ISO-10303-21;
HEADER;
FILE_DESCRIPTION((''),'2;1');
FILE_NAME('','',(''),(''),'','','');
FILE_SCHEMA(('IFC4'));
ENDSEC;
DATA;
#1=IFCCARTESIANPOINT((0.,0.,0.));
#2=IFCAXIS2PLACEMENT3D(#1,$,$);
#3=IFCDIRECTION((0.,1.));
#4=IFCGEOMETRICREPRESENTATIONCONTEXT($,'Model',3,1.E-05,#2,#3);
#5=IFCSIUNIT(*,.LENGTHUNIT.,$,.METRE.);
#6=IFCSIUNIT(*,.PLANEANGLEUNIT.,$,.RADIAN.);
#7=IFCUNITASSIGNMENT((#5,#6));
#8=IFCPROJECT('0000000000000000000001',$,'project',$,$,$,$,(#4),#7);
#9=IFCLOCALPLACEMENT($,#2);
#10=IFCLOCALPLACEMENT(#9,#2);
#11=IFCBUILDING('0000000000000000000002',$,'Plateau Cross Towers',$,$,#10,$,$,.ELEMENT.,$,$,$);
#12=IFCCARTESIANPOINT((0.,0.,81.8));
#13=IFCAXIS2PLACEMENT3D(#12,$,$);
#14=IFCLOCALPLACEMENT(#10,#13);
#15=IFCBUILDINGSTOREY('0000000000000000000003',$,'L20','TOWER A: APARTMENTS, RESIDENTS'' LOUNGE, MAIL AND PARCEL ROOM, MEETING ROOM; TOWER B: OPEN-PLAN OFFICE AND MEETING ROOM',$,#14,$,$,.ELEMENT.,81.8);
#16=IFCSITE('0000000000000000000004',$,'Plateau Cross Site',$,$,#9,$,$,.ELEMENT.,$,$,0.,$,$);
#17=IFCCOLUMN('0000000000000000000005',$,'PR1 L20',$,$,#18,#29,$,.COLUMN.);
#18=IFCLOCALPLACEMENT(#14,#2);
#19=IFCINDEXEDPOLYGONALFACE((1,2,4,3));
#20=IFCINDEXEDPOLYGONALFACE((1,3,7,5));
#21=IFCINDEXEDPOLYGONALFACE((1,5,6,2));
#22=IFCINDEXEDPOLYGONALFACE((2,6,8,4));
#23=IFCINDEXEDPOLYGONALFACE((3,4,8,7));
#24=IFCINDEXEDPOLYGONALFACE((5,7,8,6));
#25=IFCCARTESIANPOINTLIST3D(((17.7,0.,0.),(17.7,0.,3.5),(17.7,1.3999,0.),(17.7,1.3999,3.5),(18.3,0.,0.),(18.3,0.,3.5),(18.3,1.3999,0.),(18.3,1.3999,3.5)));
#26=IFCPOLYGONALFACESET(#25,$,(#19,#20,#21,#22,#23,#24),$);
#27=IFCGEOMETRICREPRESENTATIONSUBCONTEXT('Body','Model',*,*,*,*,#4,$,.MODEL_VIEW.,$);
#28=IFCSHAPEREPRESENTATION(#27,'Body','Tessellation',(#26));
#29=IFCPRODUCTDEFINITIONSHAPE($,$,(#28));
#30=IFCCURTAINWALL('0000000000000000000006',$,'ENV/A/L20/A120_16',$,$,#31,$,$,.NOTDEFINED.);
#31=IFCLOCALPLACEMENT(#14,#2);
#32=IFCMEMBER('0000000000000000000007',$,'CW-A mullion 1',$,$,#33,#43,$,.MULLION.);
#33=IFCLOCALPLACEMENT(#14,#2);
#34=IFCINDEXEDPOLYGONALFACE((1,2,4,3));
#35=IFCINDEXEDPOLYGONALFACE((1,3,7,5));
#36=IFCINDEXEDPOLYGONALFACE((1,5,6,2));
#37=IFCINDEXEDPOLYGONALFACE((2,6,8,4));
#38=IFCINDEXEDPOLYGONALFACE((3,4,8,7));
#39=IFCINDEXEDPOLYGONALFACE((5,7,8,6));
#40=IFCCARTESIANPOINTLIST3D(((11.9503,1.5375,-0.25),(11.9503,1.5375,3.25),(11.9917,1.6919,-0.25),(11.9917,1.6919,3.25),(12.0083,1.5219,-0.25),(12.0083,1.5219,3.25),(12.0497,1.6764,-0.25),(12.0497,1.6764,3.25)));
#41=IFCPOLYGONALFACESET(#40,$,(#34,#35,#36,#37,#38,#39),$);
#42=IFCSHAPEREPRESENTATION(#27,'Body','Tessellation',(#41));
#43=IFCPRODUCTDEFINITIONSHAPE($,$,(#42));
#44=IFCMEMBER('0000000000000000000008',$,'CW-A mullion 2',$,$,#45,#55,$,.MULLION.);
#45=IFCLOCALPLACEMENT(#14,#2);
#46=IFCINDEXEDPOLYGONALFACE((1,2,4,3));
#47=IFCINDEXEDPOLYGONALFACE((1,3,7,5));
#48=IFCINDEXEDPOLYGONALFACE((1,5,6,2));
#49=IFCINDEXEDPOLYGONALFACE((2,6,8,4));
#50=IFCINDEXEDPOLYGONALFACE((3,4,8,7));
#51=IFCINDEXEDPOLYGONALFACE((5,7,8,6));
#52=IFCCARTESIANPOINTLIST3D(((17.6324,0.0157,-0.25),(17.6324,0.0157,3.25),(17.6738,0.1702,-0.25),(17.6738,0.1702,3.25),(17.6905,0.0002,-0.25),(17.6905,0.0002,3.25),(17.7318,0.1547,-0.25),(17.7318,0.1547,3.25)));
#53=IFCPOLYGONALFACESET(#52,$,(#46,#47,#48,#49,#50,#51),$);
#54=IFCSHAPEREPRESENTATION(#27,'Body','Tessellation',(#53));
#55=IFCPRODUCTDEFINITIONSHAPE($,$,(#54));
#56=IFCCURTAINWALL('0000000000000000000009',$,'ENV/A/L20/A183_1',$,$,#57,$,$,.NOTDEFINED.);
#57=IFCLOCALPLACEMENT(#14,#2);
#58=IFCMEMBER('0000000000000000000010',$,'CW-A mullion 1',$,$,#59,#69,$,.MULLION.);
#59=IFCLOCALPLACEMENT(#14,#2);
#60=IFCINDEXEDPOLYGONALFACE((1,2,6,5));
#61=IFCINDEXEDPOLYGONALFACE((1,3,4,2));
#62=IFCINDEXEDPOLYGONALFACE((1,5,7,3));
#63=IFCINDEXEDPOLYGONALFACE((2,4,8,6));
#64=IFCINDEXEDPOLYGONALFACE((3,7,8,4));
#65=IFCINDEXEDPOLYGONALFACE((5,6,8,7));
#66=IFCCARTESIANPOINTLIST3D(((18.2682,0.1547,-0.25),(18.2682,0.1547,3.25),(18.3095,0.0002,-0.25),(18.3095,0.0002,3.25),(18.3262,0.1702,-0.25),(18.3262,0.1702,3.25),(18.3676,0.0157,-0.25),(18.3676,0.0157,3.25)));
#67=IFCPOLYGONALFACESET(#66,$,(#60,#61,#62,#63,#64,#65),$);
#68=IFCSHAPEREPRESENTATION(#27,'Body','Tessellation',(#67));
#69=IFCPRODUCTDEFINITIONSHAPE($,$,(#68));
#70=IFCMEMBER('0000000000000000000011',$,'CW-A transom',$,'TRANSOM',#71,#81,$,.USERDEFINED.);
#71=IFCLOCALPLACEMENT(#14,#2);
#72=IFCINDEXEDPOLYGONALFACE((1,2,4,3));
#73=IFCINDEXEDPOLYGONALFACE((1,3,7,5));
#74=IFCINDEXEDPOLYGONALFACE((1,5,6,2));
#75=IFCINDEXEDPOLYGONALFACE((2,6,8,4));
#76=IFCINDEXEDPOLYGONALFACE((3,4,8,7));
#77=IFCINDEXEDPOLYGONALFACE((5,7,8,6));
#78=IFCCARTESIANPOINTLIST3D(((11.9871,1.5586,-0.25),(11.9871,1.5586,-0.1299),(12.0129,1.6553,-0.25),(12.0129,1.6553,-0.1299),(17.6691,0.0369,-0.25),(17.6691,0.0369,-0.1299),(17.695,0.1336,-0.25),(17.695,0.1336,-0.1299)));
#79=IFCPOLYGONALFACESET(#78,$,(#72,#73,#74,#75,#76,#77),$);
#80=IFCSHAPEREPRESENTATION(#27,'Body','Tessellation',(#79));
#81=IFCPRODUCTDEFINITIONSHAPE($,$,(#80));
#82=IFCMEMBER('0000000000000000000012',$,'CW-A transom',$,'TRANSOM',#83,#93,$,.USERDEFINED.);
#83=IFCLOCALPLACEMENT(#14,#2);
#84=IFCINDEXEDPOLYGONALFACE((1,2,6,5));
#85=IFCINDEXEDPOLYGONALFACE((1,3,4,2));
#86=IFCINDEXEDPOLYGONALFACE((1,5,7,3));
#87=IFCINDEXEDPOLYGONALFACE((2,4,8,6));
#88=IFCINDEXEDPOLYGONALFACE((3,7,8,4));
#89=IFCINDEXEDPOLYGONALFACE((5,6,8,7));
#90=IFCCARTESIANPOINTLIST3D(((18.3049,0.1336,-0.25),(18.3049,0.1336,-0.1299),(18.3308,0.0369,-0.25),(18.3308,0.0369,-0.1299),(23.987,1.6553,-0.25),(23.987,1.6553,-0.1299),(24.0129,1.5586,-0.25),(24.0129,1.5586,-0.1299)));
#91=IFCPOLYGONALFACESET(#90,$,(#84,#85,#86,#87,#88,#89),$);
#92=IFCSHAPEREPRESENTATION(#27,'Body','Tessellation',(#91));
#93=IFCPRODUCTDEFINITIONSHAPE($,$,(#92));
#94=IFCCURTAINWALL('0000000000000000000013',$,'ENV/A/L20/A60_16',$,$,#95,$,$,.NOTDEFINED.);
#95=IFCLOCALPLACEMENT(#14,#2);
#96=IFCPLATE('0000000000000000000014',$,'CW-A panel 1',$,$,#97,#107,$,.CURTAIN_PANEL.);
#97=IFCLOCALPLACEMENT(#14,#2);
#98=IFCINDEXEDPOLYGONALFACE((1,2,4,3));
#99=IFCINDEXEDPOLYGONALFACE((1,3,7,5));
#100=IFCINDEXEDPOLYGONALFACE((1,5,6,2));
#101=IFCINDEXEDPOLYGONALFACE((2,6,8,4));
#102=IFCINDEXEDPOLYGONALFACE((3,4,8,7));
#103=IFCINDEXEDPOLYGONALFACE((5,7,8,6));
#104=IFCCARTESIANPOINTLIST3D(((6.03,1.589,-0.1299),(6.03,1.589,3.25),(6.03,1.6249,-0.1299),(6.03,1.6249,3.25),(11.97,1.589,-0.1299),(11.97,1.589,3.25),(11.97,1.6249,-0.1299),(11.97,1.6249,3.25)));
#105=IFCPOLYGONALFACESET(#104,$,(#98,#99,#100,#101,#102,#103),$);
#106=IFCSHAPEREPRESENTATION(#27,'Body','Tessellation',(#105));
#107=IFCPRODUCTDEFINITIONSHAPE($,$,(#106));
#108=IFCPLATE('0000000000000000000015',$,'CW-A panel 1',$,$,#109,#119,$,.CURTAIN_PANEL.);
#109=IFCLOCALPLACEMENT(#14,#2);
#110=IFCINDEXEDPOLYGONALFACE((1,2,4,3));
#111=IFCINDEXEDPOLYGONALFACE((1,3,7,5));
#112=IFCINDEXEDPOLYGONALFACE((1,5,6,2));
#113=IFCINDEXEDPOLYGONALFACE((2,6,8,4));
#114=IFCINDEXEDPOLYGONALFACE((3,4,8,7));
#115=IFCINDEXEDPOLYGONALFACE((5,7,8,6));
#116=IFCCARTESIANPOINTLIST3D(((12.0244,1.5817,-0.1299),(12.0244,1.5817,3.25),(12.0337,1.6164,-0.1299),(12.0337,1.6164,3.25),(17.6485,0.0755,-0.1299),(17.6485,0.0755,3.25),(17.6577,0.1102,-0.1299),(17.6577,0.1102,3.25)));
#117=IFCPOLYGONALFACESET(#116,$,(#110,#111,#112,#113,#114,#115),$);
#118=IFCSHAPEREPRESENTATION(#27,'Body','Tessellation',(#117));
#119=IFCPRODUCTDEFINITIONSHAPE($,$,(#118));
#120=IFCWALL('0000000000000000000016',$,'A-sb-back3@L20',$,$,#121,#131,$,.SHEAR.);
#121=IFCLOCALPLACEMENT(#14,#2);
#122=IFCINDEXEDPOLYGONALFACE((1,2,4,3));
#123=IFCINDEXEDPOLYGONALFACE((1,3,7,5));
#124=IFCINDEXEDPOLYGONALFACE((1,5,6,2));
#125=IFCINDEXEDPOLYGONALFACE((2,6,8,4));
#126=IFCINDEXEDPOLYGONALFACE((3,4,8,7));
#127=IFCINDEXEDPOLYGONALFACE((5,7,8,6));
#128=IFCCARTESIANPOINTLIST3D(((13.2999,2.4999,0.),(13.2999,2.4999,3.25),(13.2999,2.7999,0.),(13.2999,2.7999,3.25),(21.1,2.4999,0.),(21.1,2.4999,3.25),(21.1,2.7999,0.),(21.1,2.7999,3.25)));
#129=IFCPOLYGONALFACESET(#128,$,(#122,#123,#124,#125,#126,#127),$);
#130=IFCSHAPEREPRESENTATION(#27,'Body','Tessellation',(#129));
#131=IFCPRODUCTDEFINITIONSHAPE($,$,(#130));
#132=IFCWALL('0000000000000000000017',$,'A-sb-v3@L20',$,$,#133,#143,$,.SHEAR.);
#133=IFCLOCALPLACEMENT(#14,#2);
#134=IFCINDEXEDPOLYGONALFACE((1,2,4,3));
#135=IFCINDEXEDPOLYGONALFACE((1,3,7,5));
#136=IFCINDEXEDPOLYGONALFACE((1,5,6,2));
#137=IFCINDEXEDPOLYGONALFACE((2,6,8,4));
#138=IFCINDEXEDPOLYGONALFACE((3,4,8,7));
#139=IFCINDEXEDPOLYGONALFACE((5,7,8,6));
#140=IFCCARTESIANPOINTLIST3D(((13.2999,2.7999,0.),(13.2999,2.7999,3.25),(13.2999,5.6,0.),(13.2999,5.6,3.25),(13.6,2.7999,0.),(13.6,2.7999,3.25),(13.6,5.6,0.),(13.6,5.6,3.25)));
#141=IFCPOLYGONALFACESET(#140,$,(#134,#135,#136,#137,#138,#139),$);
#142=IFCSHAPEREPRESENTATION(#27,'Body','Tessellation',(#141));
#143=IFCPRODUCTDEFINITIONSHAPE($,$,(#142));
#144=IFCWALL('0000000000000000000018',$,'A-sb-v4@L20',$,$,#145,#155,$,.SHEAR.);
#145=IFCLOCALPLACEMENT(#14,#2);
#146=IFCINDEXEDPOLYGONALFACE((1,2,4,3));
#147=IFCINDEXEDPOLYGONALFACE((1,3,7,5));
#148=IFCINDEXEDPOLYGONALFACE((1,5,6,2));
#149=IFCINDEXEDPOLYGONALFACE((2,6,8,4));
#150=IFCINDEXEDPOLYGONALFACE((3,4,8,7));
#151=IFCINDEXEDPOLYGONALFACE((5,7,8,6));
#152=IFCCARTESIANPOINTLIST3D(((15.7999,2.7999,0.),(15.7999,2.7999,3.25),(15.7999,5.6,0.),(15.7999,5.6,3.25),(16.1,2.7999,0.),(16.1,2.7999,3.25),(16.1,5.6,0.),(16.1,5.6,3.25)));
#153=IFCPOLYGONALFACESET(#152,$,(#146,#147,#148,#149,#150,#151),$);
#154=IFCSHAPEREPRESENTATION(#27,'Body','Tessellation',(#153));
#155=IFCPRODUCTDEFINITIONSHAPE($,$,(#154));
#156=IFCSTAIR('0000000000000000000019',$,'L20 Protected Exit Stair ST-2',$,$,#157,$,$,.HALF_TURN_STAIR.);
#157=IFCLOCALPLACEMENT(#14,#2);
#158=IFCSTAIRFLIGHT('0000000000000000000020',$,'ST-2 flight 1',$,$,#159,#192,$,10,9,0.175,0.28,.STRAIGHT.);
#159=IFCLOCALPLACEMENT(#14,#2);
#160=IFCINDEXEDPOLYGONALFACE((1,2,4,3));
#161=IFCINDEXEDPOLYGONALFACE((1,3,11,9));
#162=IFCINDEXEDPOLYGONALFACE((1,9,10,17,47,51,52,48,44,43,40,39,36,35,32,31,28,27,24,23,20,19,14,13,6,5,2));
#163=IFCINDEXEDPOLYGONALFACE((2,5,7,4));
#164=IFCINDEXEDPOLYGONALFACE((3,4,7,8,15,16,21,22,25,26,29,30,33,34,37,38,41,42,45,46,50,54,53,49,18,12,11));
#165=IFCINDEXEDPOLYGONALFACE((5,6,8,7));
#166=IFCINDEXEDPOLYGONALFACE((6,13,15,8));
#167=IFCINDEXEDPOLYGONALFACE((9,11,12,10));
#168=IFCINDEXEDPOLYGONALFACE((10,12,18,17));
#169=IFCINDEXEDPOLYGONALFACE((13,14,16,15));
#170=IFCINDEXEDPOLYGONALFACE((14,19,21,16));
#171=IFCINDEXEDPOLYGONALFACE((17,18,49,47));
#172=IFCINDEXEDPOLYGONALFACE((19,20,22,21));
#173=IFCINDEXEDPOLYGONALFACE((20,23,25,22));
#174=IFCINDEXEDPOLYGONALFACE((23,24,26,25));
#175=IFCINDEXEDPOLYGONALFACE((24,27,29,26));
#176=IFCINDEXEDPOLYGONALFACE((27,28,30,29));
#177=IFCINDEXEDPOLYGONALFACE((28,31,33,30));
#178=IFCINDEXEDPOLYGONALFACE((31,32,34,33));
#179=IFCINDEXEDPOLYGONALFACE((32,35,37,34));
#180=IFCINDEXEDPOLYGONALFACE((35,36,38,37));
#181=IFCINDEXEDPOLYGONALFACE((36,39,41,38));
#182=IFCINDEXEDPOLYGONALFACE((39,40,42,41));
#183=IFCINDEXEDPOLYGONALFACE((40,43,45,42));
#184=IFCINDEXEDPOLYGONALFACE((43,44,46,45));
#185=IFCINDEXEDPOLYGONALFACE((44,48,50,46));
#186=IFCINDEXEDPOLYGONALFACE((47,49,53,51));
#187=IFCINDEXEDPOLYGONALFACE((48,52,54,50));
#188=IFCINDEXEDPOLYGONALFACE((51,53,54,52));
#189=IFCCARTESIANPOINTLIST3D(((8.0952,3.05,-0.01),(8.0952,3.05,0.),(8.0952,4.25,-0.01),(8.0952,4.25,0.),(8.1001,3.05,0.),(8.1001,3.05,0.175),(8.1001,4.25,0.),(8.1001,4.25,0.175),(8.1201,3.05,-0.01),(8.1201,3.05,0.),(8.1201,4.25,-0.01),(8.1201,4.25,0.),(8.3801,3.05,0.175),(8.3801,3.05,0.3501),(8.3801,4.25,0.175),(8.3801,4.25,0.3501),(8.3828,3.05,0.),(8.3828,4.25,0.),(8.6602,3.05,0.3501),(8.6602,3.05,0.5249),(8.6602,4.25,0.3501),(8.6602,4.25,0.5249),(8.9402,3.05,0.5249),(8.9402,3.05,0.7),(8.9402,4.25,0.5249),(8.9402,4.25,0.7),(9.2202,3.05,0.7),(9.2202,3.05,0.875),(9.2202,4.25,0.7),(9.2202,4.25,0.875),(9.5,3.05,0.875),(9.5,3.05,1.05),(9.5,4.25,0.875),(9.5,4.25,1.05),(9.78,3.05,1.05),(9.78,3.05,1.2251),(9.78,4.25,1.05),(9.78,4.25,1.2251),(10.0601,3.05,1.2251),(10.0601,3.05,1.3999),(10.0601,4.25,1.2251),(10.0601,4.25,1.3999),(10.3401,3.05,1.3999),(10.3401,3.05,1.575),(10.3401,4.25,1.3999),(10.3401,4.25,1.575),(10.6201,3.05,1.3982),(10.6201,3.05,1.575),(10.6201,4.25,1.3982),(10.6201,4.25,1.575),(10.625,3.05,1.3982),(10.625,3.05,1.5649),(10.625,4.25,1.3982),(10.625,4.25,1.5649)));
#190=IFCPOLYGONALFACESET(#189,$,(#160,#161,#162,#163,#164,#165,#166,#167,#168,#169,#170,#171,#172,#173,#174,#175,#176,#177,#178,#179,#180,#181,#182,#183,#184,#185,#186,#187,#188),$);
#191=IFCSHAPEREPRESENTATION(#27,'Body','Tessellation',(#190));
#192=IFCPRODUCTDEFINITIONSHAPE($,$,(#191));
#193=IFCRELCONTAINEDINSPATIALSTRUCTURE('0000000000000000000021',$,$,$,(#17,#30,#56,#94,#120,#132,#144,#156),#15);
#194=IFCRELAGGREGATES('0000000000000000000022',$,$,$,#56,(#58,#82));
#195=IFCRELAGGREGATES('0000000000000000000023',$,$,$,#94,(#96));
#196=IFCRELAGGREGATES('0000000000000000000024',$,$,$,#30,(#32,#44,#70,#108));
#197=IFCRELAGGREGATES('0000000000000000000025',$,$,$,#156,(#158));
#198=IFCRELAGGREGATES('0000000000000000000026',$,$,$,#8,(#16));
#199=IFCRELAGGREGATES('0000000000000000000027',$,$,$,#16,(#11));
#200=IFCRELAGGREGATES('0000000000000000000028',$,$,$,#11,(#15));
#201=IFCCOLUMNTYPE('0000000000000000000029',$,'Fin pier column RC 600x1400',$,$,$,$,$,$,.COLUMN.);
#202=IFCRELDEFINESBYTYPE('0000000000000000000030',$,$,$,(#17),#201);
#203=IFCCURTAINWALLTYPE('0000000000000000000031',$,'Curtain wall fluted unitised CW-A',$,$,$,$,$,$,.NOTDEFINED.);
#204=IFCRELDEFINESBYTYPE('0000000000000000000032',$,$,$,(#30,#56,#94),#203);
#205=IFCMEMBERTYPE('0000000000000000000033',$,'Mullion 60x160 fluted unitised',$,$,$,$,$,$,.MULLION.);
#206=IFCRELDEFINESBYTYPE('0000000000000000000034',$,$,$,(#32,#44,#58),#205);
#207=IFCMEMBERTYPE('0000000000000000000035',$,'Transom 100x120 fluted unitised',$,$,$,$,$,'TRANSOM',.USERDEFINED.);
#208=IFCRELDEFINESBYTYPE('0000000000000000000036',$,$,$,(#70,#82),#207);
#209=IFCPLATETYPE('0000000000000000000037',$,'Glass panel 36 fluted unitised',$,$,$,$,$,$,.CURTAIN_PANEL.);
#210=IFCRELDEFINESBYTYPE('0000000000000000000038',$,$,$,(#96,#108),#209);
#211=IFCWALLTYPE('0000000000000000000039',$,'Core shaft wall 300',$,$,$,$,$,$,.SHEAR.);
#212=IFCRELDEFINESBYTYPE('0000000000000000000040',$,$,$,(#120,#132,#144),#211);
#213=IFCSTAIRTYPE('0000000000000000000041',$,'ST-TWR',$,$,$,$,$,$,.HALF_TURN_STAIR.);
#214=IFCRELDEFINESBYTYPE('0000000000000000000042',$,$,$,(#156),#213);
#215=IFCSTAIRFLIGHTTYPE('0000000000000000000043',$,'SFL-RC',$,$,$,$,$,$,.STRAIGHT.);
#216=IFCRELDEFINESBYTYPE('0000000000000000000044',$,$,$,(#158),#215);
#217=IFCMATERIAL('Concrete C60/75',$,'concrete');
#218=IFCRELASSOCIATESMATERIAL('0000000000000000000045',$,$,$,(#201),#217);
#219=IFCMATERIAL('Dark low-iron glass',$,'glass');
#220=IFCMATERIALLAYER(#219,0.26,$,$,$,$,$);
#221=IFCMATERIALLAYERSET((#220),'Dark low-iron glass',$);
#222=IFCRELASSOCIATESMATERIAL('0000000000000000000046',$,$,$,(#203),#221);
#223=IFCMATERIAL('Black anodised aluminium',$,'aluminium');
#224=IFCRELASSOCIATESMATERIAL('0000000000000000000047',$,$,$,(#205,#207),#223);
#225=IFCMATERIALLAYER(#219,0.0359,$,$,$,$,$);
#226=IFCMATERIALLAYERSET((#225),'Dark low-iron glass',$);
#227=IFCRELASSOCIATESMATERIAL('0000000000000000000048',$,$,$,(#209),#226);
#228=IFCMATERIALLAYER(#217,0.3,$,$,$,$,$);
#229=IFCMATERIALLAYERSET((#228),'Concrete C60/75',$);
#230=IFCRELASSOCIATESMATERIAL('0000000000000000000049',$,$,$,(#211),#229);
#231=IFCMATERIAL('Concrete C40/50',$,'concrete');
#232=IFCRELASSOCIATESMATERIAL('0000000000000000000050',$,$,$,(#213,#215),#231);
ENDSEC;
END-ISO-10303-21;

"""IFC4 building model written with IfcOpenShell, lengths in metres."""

from ifc_helpers import new_model, si_unit, direction, frame, frame_2d, origin, origin_2d, place, context, subcontext, project, spatial, polyline, rectangle, outline, extrude, material, layer, layer_set, material_profile, profile_set, type_object, element, aggregate, save


model = new_model("IFC4")

# Units and contexts
model_context = context("Model", 3, precision=1e-05, world=origin(), true_north=direction((0.0, 1.0)))
body_context = subcontext(model_context, "Body", "Model", "MODEL_VIEW")
ifc_project = project(units=[si_unit("LENGTHUNIT", "METRE"), si_unit("PLANEANGLEUNIT", "RADIAN")], contexts=[model_context])

# Site, building, storey
site_placement = place(None, origin())
site = spatial("IfcSite", under=ifc_project, at=site_placement, Name="Plateau Cross Site", CompositionType="ELEMENT", RefElevation=0.0)
building_placement = place(site_placement, origin())
building = spatial("IfcBuilding", under=site, at=building_placement, Name="Plateau Cross Towers", CompositionType="ELEMENT")
storey_placement = place(building_placement, frame((0.0, 0.0, 81.8)))
storey = spatial("IfcBuildingStorey", under=building, at=storey_placement, Name="L20", Description="TOWER A: APARTMENTS, RESIDENTS' LOUNGE, MAIL AND PARCEL ROOM, MEETING ROOM; TOWER B: OPEN-PLAN OFFICE AND MEETING ROOM", CompositionType="ELEMENT", Elevation=81.8)

# Column
ifc_material_1 = material(Name="Concrete C60/75", Category="concrete")
ifc_material_profile_1 = material_profile(ifc_material_1, rectangle(XDim=0.6001, YDim=1.3999, at=origin_2d()), Name="RC 600x1400")
ifc_profile_set_1 = profile_set([ifc_material_profile_1], Name="Concrete C60/75")
column_type = type_object("IfcColumnType", Name="Fin pier column RC 600x1400", PredefinedType="COLUMN", material=ifc_profile_set_1)
column_placement = place(storey_placement, frame((18.0, 0.7, 0.0), z_axis=(0.0, 0.0, 1.0), x_axis=(1.0, 0.0, 0.0)))
element("IfcColumn", 1, at=column_placement, inside=storey, type_object=column_type, Name="PR1 L20", PredefinedType="COLUMN", context=body_context, shape_type="SweptSolid", body=[
    extrude(rectangle(XDim=0.6001, YDim=1.3999, at=origin_2d()), origin(), (0.0, 0.0, 1.0), 3.5),
])

# Curtain wall, members
ifc_material_2 = material(Name="Dark low-iron glass", Category="glass")
ifc_layer_1 = layer(ifc_material_2, 0.26)
ifc_layer_set_1 = layer_set([ifc_layer_1], Name="Dark low-iron glass")
curtain_wall_type = type_object("IfcCurtainWallType", Name="Curtain wall fluted unitised CW-A", PredefinedType="NOTDEFINED", material=ifc_layer_set_1)
curtain_wall_1_placement = place(storey_placement, origin())
curtain_wall_1 = element("IfcCurtainWall", 2, at=curtain_wall_1_placement, inside=storey, type_object=curtain_wall_type, Name="ENV/A/L20/A120_16", PredefinedType="NOTDEFINED")
ifc_material_3 = material(Name="Black anodised aluminium", Category="aluminium")
ifc_material_profile_2 = material_profile(ifc_material_3, rectangle(XDim=0.0601, YDim=0.1599, at=origin_2d()), Name="MULLION 60x160")
ifc_profile_set_2 = profile_set([ifc_material_profile_2], Name="Black anodised aluminium")
member_type_1 = type_object("IfcMemberType", Name="Mullion 60x160 fluted unitised", PredefinedType="MULLION", material=ifc_profile_set_2)
member_1_placement = place(storey_placement, frame((12.0, 1.6069, -0.25), z_axis=(0.0, 0.0, 1.0), x_axis=(0.965958, -0.258699, 0.0)))
member_1 = element("IfcMember", 3, at=member_1_placement, type_object=member_type_1, Name="CW-A mullion 1", PredefinedType="MULLION", context=body_context, shape_type="SweptSolid", body=[
    extrude(rectangle(XDim=0.0601, YDim=0.1599, at=origin_2d()), origin(), (0.0, 0.0, 1.0), 3.5),
])
member_2_placement = place(storey_placement, frame((17.6821, 0.0852, -0.25), z_axis=(0.0, 0.0, 1.0), x_axis=(0.965958, -0.258699, 0.0)))
member_2 = element("IfcMember", 4, at=member_2_placement, type_object=member_type_1, Name="CW-A mullion 2", PredefinedType="MULLION", context=body_context, shape_type="SweptSolid", body=[
    extrude(rectangle(XDim=0.0601, YDim=0.1599, at=origin_2d()), origin(), (0.0, 0.0, 1.0), 3.5),
])

# Curtain wall, member
curtain_wall_2_placement = place(storey_placement, origin())
curtain_wall_2 = element("IfcCurtainWall", 5, at=curtain_wall_2_placement, inside=storey, type_object=curtain_wall_type, Name="ENV/A/L20/A183_1", PredefinedType="NOTDEFINED")
member_3_placement = place(storey_placement, frame((18.3179, 0.0852, -0.25), z_axis=(0.0, 0.0, 1.0), x_axis=(0.965958, 0.258699, 0.0)))
member_3 = element("IfcMember", 6, at=member_3_placement, type_object=member_type_1, Name="CW-A mullion 1", PredefinedType="MULLION", context=body_context, shape_type="SweptSolid", body=[
    extrude(rectangle(XDim=0.0601, YDim=0.1599, at=origin_2d()), origin(), (0.0, 0.0, 1.0), 3.5),
])

# Members
ifc_material_profile_3 = material_profile(ifc_material_3, rectangle(XDim=0.1001, YDim=0.1201, at=origin_2d()), Name="TRANSOM 100x120")
ifc_profile_set_3 = profile_set([ifc_material_profile_3], Name="Black anodised aluminium")
member_type_2 = type_object("IfcMemberType", Name="Transom 100x120 fluted unitised", ElementType="TRANSOM", PredefinedType="USERDEFINED", material=ifc_profile_set_3)
member_4_placement = place(storey_placement, frame((12.0, 1.6069, -0.1899), z_axis=(0.96596, -0.258693, 0.0), x_axis=(0.258693, 0.96596, 0.0)))
member_4 = element("IfcMember", 7, at=member_4_placement, type_object=member_type_2, Name="CW-A transom", ObjectType="TRANSOM", PredefinedType="USERDEFINED", context=body_context, shape_type="SweptSolid", body=[
    extrude(rectangle(XDim=0.1001, YDim=0.1201, at=origin_2d()), origin(), (0.0, 0.0, 1.0), 5.8823),
])
member_5_placement = place(storey_placement, frame((18.3179, 0.0852, -0.1899), z_axis=(0.96596, 0.258693, 0.0), x_axis=(-0.258693, 0.96596, 0.0)))
member_5 = element("IfcMember", 8, at=member_5_placement, type_object=member_type_2, Name="CW-A transom", ObjectType="TRANSOM", PredefinedType="USERDEFINED", context=body_context, shape_type="SweptSolid", body=[
    extrude(rectangle(XDim=0.1001, YDim=0.1201, at=origin_2d()), origin(), (0.0, 0.0, 1.0), 5.8823),
])
aggregate(curtain_wall_2, [member_3, member_5])

# Curtain wall, plate
curtain_wall_3_placement = place(storey_placement, origin())
curtain_wall_3 = element("IfcCurtainWall", 9, at=curtain_wall_3_placement, inside=storey, type_object=curtain_wall_type, Name="ENV/A/L20/A60_16", PredefinedType="NOTDEFINED")
ifc_layer_2 = layer(ifc_material_2, 0.0359)
ifc_layer_set_2 = layer_set([ifc_layer_2], Name="Dark low-iron glass")
plate_type = type_object("IfcPlateType", Name="Glass panel 36 fluted unitised", PredefinedType="CURTAIN_PANEL", material=ifc_layer_set_2)
plate_1_placement = place(storey_placement, frame((9.0, 1.6069, -0.1299), z_axis=(0.0, 0.0, 1.0), x_axis=(1.0, 0.0, 0.0)))
plate_1 = element("IfcPlate", 10, at=plate_1_placement, type_object=plate_type, Name="CW-A panel 1", PredefinedType="CURTAIN_PANEL", context=body_context, shape_type="SweptSolid", body=[
    extrude(rectangle(XDim=5.9399, YDim=0.0359, at=origin_2d()), origin(), (0.0, 0.0, 1.0), 3.3799),
])
aggregate(curtain_wall_3, [plate_1])

# Plate
plate_2_placement = place(storey_placement, frame((14.8411, 0.8459, -0.1299), z_axis=(0.0, 0.0, 1.0), x_axis=(0.965958, -0.258699, 0.0)))
plate_2 = element("IfcPlate", 11, at=plate_2_placement, type_object=plate_type, Name="CW-A panel 1", PredefinedType="CURTAIN_PANEL", context=body_context, shape_type="SweptSolid", body=[
    extrude(rectangle(XDim=5.8223, YDim=0.0359, at=origin_2d()), origin(), (0.0, 0.0, 1.0), 3.3799),
])
aggregate(curtain_wall_1, [member_1, member_2, member_4, plate_2])

# Walls
ifc_layer_3 = layer(ifc_material_1, 0.3)
ifc_layer_set_3 = layer_set([ifc_layer_3], Name="Concrete C60/75")
wall_type = type_object("IfcWallType", Name="Core shaft wall 300", PredefinedType="SHEAR", material=ifc_layer_set_3)
wall_placement = place(storey_placement, frame((13.3, 2.6499, 0.0), z_axis=(0.0, 0.0, 1.0), x_axis=(1.0, 0.0, 0.0)))
element("IfcWall", 12, at=wall_placement, inside=storey, type_object=wall_type, Name="A-sb-back3@L20", PredefinedType="SHEAR", context=body_context, shape_type="SweptSolid", body=[
    extrude(rectangle(XDim=7.8, YDim=0.3, at=frame_2d((3.8999, 0.0))), origin(), (0.0, 0.0, 1.0), 3.25),
])
for number, where, z_axis, x_axis, name in (
    (13, (13.45, 2.8, 0.0), (0.0, 0.0, 1.0), (0.0, 1.0, 0.0), "A-sb-v3@L20"),
    (14, (15.95, 2.8, 0.0), (0.0, 0.0, 1.0), (0.0, 1.0, 0.0), "A-sb-v4@L20"),
):
    element("IfcWall", number, at=place(storey_placement, frame(where, z_axis=z_axis, x_axis=x_axis)), inside=storey, type_object=wall_type, Name=name, PredefinedType="SHEAR", context=body_context, shape_type="SweptSolid", body=[
        extrude(rectangle(XDim=2.8, YDim=0.3, at=frame_2d((1.3999, 0.0))), origin(), (0.0, 0.0, 1.0), 3.25),
    ])

# Stair, stair flight
ifc_material_4 = material(Name="Concrete C40/50", Category="concrete")
stair_type = type_object("IfcStairType", Name="ST-TWR", PredefinedType="HALF_TURN_STAIR", material=ifc_material_4)
stair_placement = place(storey_placement, origin())
stair = element("IfcStair", 15, at=stair_placement, inside=storey, type_object=stair_type, Name="L20 Protected Exit Stair ST-2", PredefinedType="HALF_TURN_STAIR")
stair_flight_type = type_object("IfcStairFlightType", Name="SFL-RC", PredefinedType="STRAIGHT", material=ifc_material_4)
stair_flight_placement = place(storey_placement, frame((8.1001, 3.6499, 0.0), z_axis=(0.0, 0.0, 1.0), x_axis=(1.0, 0.0, 0.0)))
stair_flight = element("IfcStairFlight", 16, at=stair_flight_placement, type_object=stair_flight_type, Name="ST-2 flight 1", NumberOfRisers=10, NumberOfTreads=9, PredefinedType="STRAIGHT", RiserHeight=0.175, TreadLength=0.28, context=body_context, shape_type="SweptSolid", body=[
    extrude(outline(polyline([(-0.0049, -0.01), (-0.0049, 0.0), (0.0, 0.0), (0.0, 0.175), (0.28, 0.175), (0.28, 0.3501), (0.5601, 0.3501), (0.5601, 0.5249), (0.8401, 0.5249), (0.8401, 0.7), (1.1201, 0.7), (1.1201, 0.875), (1.3999, 0.875), (1.3999, 1.05), (1.6799, 1.05), (1.6799, 1.2251), (1.96, 1.2251), (1.96, 1.3999), (2.24, 1.3999), (2.24, 1.575), (2.52, 1.575), (2.5249, 1.5649), (2.5249, 1.3982), (2.52, 1.3982), (0.2827, 0.0), (0.02, 0.0), (0.02, -0.01), (-0.0049, -0.01)])), frame((0.0, 0.6001, 0.0), z_axis=(0.0, -1.0, 0.0), x_axis=(1.0, 0.0, 0.0)), (0.0, 0.0, 1.0), 1.2),
])
aggregate(stair, [stair_flight])

save(model, "model.ifc")
